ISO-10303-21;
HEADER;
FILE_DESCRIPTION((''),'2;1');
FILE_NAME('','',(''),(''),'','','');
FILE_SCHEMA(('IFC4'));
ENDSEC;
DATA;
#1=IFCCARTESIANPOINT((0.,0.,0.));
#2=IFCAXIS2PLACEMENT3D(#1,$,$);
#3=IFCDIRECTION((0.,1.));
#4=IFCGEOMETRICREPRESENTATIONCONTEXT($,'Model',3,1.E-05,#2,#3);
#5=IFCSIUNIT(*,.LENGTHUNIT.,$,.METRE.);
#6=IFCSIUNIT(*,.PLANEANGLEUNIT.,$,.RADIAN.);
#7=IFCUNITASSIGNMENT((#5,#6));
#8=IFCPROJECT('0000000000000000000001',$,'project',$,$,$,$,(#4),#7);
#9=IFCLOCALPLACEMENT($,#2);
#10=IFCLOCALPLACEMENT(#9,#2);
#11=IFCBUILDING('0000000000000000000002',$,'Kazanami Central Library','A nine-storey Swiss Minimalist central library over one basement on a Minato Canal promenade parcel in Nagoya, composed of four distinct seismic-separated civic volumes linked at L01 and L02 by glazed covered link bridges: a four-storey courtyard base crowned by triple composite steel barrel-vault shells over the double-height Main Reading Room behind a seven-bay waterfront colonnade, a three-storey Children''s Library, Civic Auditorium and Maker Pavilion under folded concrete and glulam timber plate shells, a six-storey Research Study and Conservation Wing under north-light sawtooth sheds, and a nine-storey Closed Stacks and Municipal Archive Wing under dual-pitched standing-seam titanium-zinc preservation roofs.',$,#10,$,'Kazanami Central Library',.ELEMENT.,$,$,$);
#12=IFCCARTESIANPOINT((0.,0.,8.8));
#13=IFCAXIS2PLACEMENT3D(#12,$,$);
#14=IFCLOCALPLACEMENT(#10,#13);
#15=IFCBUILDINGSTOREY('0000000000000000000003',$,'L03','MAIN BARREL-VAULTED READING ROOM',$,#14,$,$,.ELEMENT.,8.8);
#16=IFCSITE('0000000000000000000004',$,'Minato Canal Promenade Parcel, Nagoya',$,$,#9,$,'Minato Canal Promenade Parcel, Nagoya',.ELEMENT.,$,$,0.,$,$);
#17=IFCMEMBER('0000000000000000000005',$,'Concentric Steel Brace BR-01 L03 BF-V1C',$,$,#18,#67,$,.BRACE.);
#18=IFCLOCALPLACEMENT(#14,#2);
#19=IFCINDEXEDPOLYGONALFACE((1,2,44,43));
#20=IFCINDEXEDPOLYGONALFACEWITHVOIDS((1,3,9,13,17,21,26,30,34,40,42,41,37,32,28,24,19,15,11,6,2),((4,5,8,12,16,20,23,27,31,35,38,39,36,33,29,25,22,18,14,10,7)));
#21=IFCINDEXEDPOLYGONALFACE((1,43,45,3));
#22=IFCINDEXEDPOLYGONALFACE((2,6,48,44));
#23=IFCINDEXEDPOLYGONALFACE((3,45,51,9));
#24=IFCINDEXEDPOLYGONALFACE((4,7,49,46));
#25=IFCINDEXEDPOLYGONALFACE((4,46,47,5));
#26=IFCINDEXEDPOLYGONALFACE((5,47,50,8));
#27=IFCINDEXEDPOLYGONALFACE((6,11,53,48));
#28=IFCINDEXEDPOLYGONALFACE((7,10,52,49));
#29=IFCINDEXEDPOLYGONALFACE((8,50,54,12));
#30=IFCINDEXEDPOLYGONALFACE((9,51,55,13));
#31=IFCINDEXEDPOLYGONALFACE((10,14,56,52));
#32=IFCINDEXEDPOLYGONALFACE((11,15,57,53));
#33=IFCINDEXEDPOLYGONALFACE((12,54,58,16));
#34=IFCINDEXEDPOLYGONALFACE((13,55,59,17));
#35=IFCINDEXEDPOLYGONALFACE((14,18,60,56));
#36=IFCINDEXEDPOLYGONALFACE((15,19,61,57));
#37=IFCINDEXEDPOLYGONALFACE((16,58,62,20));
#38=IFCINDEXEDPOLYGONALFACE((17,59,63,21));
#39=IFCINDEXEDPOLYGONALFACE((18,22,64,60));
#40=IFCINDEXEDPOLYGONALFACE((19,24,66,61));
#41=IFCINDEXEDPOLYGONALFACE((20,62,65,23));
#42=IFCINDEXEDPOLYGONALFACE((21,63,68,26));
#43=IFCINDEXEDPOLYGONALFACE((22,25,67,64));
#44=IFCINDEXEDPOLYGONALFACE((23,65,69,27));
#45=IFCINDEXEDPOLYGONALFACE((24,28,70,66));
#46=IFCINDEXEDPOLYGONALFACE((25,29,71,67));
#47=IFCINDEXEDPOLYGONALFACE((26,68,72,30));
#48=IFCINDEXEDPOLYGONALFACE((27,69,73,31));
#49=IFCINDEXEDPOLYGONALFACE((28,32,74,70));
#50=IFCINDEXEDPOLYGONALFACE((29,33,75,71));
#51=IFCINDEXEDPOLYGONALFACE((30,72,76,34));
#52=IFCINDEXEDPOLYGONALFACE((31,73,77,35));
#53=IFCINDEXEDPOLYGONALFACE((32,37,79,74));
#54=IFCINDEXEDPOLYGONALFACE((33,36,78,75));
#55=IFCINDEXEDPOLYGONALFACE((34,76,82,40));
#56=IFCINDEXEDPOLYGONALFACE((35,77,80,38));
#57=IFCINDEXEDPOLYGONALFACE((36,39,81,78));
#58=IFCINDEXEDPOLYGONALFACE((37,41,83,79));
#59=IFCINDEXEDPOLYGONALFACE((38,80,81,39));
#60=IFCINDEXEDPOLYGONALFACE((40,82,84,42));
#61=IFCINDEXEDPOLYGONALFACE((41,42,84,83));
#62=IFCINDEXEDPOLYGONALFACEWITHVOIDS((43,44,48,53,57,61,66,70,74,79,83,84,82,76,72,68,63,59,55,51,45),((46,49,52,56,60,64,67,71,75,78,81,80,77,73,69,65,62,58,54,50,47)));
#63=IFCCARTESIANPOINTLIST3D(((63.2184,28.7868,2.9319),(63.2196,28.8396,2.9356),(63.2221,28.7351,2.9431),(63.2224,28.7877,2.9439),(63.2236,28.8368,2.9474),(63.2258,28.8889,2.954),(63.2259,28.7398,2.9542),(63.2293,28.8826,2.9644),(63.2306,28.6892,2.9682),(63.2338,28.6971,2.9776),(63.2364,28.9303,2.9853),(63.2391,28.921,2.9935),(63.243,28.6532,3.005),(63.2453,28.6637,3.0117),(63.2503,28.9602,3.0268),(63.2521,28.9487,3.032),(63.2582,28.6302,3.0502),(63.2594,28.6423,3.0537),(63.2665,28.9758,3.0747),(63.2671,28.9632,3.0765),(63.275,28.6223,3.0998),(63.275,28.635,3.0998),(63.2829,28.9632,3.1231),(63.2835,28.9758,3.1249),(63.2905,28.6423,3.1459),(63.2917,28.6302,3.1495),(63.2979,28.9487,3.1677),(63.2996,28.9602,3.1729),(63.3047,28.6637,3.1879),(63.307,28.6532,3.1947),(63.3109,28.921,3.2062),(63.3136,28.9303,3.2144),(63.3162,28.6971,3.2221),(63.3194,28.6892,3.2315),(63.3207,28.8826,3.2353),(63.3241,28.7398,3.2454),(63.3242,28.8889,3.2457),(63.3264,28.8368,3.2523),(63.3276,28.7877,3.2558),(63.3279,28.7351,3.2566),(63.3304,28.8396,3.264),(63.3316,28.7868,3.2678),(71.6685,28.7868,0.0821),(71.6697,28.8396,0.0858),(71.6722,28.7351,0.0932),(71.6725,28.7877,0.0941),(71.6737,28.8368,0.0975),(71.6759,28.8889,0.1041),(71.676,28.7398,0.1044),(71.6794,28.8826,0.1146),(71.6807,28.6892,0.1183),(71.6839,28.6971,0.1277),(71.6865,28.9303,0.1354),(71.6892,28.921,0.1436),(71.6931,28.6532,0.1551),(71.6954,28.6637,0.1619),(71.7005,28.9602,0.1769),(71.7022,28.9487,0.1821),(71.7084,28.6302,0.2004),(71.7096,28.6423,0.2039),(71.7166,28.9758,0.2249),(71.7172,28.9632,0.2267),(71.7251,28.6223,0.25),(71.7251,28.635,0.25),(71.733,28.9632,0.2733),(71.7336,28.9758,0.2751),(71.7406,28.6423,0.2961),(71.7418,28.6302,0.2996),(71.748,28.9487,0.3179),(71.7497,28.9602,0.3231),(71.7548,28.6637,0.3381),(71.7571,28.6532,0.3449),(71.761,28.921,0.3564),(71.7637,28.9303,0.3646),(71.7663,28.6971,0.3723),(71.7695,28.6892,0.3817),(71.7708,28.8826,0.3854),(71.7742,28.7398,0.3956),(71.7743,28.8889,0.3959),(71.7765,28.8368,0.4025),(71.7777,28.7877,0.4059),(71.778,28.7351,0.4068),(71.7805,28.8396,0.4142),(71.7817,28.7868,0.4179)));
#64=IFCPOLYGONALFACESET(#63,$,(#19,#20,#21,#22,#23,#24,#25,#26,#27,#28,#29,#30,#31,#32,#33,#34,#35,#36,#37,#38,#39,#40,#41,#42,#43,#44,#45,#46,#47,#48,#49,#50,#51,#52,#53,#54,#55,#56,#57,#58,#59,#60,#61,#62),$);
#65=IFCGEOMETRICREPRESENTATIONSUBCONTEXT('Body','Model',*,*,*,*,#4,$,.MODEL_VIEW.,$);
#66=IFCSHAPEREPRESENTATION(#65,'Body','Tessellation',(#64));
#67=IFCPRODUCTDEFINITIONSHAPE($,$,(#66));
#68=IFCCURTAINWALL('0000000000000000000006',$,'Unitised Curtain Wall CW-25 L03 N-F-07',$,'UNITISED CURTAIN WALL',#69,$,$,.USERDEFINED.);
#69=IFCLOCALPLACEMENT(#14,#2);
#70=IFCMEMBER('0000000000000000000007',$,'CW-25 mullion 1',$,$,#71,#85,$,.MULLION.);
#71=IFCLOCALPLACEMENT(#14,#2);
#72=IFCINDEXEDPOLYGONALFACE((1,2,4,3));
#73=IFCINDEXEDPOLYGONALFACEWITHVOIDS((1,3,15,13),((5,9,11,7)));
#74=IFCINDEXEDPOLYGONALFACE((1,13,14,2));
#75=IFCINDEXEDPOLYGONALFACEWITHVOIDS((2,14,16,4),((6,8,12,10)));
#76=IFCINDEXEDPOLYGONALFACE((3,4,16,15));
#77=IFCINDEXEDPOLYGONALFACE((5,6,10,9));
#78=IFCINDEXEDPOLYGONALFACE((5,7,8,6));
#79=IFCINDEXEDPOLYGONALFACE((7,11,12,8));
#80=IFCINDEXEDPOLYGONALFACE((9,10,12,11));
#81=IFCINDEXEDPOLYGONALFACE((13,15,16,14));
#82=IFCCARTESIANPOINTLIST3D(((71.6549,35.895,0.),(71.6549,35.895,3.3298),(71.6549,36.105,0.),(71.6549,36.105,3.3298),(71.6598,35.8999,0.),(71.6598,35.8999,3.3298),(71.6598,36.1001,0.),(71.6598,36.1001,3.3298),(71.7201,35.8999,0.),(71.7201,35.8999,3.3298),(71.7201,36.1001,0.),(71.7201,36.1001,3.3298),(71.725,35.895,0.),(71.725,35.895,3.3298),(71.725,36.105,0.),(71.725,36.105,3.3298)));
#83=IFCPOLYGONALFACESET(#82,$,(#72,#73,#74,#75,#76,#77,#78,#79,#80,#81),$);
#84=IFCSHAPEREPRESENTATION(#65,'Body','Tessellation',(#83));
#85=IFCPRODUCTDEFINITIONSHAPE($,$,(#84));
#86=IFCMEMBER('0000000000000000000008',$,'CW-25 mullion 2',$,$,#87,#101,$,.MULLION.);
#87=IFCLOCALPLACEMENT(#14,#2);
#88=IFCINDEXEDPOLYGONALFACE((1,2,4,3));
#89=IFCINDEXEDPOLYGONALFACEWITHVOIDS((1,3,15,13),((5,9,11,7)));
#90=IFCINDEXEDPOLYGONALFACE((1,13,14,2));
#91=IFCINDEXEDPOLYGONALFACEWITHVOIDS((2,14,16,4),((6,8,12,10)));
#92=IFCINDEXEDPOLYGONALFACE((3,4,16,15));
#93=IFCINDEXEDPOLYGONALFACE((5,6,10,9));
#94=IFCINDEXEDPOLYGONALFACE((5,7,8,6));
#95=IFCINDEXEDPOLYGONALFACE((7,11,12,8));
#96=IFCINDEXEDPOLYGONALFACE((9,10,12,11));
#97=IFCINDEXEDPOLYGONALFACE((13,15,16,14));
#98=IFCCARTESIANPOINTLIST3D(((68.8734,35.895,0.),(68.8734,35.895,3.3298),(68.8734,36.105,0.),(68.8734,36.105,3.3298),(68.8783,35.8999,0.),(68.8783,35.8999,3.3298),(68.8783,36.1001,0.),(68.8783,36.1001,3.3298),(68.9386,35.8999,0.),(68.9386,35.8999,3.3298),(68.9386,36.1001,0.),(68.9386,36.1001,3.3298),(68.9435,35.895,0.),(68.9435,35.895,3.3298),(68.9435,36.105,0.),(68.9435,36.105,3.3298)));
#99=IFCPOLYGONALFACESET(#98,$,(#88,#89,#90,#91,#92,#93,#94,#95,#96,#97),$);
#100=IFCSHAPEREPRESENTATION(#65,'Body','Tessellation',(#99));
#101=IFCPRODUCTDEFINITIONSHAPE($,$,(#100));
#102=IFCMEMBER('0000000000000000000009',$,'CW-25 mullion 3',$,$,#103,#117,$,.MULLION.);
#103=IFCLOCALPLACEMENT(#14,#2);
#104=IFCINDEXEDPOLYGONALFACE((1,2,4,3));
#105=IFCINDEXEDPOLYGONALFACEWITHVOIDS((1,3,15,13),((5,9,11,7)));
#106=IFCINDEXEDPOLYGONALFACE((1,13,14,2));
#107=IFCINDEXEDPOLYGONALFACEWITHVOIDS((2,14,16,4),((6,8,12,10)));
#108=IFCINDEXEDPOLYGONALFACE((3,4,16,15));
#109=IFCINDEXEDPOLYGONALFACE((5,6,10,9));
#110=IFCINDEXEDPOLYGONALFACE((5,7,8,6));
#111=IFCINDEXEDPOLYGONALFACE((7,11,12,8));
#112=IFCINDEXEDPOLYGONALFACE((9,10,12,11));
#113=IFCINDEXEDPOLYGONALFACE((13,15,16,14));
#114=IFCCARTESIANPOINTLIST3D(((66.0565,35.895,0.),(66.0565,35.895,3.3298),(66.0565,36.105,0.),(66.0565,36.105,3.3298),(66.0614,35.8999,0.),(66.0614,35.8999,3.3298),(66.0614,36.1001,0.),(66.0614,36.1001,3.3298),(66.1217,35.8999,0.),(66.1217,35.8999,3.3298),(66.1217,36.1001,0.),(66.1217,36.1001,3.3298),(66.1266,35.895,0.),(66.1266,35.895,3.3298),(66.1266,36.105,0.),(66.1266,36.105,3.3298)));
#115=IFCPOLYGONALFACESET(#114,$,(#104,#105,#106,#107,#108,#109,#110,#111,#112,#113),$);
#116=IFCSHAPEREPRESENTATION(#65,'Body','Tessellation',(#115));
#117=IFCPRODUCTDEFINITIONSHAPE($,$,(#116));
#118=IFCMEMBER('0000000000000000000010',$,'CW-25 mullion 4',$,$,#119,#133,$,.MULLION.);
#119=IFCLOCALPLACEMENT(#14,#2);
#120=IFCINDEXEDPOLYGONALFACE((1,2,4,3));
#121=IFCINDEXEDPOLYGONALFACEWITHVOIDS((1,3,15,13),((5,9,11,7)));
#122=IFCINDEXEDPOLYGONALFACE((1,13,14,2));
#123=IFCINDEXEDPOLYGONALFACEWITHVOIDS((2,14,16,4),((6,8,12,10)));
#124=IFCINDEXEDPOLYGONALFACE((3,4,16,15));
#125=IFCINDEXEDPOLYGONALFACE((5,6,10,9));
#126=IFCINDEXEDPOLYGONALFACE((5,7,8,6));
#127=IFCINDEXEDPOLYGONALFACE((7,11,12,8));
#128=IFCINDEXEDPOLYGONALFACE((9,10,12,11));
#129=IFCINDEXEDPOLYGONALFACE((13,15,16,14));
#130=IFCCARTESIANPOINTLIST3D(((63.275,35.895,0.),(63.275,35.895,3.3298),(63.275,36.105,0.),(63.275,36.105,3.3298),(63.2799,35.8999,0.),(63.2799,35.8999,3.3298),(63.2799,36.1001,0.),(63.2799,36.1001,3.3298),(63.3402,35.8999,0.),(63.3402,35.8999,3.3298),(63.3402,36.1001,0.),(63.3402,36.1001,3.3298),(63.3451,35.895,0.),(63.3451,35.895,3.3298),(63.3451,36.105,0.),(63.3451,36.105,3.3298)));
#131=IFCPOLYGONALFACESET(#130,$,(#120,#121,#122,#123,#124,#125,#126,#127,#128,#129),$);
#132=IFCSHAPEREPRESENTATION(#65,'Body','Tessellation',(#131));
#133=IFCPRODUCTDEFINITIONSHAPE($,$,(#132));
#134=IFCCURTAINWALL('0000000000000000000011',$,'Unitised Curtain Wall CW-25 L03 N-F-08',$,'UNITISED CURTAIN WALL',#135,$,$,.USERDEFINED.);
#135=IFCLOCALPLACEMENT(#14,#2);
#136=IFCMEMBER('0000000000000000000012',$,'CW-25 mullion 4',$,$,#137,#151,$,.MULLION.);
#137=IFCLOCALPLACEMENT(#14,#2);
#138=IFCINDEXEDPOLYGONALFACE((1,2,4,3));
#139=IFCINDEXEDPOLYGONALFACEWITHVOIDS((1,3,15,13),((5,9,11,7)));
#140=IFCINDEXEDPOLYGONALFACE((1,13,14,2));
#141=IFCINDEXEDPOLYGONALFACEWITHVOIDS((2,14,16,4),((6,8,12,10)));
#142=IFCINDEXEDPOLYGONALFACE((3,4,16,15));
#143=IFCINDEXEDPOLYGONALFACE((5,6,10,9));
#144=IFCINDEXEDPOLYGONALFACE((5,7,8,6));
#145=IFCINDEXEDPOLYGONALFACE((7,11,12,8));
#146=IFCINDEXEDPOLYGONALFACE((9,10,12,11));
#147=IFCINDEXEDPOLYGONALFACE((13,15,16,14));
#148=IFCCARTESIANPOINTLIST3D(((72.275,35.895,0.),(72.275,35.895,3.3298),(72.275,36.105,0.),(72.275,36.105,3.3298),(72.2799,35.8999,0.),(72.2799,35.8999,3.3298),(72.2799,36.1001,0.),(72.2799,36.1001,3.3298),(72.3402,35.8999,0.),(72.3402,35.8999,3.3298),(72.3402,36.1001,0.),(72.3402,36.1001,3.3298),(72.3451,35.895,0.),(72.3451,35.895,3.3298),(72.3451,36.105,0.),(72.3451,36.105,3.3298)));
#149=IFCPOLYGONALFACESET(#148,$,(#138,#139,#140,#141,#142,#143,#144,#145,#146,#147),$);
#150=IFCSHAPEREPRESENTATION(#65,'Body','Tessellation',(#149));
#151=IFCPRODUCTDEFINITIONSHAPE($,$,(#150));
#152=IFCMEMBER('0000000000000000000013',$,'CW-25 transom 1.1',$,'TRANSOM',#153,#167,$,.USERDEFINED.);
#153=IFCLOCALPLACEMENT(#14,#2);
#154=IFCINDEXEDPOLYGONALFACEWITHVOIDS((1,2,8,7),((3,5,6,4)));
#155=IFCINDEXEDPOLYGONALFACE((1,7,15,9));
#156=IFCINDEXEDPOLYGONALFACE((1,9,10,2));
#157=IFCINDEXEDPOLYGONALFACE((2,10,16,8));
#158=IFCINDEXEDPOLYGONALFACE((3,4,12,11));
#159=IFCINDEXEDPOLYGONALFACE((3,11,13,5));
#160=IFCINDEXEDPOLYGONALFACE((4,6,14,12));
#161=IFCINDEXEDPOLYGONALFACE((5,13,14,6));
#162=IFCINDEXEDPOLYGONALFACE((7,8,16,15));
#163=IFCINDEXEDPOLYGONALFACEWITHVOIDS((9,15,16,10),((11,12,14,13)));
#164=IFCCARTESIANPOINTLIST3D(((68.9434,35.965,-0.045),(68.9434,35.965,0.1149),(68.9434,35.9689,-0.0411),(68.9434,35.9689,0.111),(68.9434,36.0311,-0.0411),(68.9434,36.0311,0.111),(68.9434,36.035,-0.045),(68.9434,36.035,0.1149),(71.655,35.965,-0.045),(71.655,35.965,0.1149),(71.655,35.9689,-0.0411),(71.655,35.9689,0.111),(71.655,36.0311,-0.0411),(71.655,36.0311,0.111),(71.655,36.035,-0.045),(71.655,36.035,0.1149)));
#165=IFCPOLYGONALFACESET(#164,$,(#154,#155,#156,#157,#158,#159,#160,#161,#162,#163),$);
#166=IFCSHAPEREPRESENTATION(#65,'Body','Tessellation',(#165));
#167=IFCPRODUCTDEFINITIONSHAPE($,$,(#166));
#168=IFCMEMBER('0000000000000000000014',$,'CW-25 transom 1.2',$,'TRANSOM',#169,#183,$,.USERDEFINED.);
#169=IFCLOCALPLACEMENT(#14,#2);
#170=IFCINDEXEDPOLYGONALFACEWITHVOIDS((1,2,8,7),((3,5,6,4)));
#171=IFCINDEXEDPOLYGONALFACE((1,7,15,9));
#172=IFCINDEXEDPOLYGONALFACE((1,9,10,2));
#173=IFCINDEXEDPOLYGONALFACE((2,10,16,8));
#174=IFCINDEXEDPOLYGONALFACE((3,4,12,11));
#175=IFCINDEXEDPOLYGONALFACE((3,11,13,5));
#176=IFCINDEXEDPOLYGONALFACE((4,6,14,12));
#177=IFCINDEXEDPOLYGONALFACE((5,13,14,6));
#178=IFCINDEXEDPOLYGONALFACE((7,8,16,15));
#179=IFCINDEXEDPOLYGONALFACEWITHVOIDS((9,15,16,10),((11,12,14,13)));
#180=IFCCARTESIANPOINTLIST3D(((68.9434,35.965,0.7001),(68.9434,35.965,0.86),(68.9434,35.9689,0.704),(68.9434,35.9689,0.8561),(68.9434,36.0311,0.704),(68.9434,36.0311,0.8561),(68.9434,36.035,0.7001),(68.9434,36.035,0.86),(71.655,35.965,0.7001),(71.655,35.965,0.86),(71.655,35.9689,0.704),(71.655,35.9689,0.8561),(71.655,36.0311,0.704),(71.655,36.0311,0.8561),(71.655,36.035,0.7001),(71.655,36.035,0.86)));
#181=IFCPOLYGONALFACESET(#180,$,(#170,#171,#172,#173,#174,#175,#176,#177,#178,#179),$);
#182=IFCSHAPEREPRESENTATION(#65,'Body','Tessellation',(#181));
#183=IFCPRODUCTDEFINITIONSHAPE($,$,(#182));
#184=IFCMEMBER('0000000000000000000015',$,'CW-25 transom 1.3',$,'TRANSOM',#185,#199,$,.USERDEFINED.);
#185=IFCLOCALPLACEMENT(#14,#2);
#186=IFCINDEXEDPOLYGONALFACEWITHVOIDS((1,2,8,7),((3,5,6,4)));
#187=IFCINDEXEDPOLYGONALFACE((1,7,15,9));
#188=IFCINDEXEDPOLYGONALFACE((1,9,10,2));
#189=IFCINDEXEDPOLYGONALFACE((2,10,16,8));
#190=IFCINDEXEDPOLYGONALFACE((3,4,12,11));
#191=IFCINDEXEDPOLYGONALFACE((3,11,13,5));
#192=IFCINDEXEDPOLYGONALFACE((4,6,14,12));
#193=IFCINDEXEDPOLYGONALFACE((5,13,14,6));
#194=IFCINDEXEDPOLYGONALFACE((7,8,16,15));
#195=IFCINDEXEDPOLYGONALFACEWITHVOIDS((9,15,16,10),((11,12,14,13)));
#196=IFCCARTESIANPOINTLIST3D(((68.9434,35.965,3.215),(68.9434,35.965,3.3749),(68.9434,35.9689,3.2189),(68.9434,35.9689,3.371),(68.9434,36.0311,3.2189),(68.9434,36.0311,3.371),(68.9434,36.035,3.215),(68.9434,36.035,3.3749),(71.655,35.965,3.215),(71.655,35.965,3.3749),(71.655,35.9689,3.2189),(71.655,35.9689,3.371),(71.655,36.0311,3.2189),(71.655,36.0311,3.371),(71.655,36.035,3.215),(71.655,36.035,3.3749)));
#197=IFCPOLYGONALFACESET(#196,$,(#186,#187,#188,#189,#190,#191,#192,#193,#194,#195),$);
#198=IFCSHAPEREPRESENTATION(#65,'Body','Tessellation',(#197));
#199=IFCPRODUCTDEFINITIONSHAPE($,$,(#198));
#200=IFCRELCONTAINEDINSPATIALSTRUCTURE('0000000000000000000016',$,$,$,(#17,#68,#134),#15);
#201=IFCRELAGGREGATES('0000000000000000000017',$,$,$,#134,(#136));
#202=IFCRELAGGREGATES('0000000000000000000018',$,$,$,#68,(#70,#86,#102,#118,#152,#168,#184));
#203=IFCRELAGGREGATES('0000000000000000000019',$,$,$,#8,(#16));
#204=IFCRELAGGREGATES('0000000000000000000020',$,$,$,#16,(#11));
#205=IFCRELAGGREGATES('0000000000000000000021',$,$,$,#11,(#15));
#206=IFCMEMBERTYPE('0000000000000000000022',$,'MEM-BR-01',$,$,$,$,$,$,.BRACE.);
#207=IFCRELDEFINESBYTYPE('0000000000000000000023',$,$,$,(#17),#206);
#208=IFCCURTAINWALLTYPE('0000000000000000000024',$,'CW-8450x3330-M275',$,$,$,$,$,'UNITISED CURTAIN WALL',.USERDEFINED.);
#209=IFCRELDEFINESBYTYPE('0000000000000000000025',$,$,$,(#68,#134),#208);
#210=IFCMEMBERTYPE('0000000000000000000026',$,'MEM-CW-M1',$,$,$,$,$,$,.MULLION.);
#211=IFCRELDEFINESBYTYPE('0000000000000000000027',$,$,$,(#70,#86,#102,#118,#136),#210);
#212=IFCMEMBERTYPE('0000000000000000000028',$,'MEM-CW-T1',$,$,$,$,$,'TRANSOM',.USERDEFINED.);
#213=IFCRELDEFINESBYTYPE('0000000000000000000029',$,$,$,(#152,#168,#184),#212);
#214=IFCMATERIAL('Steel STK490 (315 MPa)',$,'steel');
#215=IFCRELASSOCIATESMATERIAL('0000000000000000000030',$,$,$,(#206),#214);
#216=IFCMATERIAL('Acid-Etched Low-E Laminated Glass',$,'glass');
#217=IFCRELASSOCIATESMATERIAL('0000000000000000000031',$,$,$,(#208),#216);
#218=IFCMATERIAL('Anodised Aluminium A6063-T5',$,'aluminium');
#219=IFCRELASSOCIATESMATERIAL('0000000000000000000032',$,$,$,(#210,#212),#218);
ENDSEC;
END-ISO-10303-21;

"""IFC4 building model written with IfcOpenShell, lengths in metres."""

from ifc_helpers import new_model, si_unit, direction, frame, origin, origin_2d, place, context, subcontext, project, spatial, hollow_rectangle, hollow_circle, extrude, material, material_profile, profile_set, type_object, element, aggregate, save


model = new_model("IFC4")

# Units and contexts
model_context = context("Model", 3, precision=1e-05, world=origin(), true_north=direction((0.0, 1.0)))
body_context = subcontext(model_context, "Body", "Model", "MODEL_VIEW")
ifc_project = project(units=[si_unit("LENGTHUNIT", "METRE"), si_unit("PLANEANGLEUNIT", "RADIAN")], contexts=[model_context])

# Site, building, storey
site_placement = place(None, origin())
site = spatial("IfcSite", under=ifc_project, at=site_placement, Name="Minato Canal Promenade Parcel, Nagoya", LongName="Minato Canal Promenade Parcel, Nagoya", CompositionType="ELEMENT", RefElevation=0.0)
building_placement = place(site_placement, origin())
building = spatial("IfcBuilding", under=site, at=building_placement, Name="Kazanami Central Library", Description="A nine-storey Swiss Minimalist central library over one basement on a Minato Canal promenade parcel in Nagoya, composed of four distinct seismic-separated civic volumes linked at L01 and L02 by glazed covered link bridges: a four-storey courtyard base crowned by triple composite steel barrel-vault shells over the double-height Main Reading Room behind a seven-bay waterfront colonnade, a three-storey Children's Library, Civic Auditorium and Maker Pavilion under folded concrete and glulam timber plate shells, a six-storey Research Study and Conservation Wing under north-light sawtooth sheds, and a nine-storey Closed Stacks and Municipal Archive Wing under dual-pitched standing-seam titanium-zinc preservation roofs.", LongName="Kazanami Central Library", CompositionType="ELEMENT")
storey_placement = place(building_placement, frame((0.0, 0.0, 8.8)))
storey = spatial("IfcBuildingStorey", under=building, at=storey_placement, Name="L03", Description="MAIN BARREL-VAULTED READING ROOM", CompositionType="ELEMENT", Elevation=8.8)

# Member
ifc_material_1 = material(Name="Steel STK490 (315 MPa)", Category="steel")
ifc_material_profile_1 = material_profile(ifc_material_1, hollow_circle(Radius=0.1777, WallThickness=0.0127, at=origin_2d()), Name="CHS-355.6x12.7")
ifc_profile_set_1 = profile_set([ifc_material_profile_1], Name="Steel STK490 (315 MPa)")
member_type_1 = type_object("IfcMemberType", Name="MEM-BR-01", PredefinedType="BRACE", material=ifc_profile_set_1)
member_1_placement = place(storey_placement, frame((71.7251, 28.8, 0.25), z_axis=(-0.947563, 0.0, 0.319569), x_axis=(0.0, -1.0, 0.0)))
element("IfcMember", 1, at=member_1_placement, inside=storey, type_object=member_type_1, Name="Concentric Steel Brace BR-01 L03 BF-V1C", PredefinedType="BRACE", context=body_context, shape_type="SweptSolid", body=[
    extrude(hollow_circle(Radius=0.1777, WallThickness=0.0127, at=origin_2d()), origin(), (0.0, 0.0, 1.0), 8.9177),
])

# Curtain wall, members
ifc_material_2 = material(Name="Acid-Etched Low-E Laminated Glass", Category="glass")
curtain_wall_type = type_object("IfcCurtainWallType", Name="CW-8450x3330-M275", ElementType="UNITISED CURTAIN WALL", PredefinedType="USERDEFINED", material=ifc_material_2)
curtain_wall_1_placement = place(storey_placement, origin())
curtain_wall_1 = element("IfcCurtainWall", 2, at=curtain_wall_1_placement, inside=storey, type_object=curtain_wall_type, Name="Unitised Curtain Wall CW-25 L03 N-F-07", ObjectType="UNITISED CURTAIN WALL", PredefinedType="USERDEFINED")
ifc_material_3 = material(Name="Anodised Aluminium A6063-T5", Category="aluminium")
ifc_material_profile_2 = material_profile(ifc_material_3, hollow_rectangle(XDim=0.0701, YDim=0.21, WallThickness=0.0049, at=origin_2d()), Name="ALU-MULL-70x210x5")
ifc_profile_set_2 = profile_set([ifc_material_profile_2], Name="Anodised Aluminium A6063-T5")
member_type_2 = type_object("IfcMemberType", Name="MEM-CW-M1", PredefinedType="MULLION", material=ifc_profile_set_2)
member_2_placement = place(storey_placement, frame((71.6899, 36.0, 0.0), z_axis=(0.0, 0.0, 1.0), x_axis=(-1.0, 0.0, 0.0)))
member_2 = element("IfcMember", 3, at=member_2_placement, type_object=member_type_2, Name="CW-25 mullion 1", PredefinedType="MULLION", context=body_context, shape_type="SweptSolid", body=[
    extrude(hollow_rectangle(XDim=0.0701, YDim=0.21, WallThickness=0.0049, at=origin_2d()), origin(), (0.0, 0.0, 1.0), 3.3298),
])
member_3_placement = place(storey_placement, frame((68.9084, 36.0, 0.0), z_axis=(0.0, 0.0, 1.0), x_axis=(-1.0, 0.0, 0.0)))
member_3 = element("IfcMember", 4, at=member_3_placement, type_object=member_type_2, Name="CW-25 mullion 2", PredefinedType="MULLION", context=body_context, shape_type="SweptSolid", body=[
    extrude(hollow_rectangle(XDim=0.0701, YDim=0.21, WallThickness=0.0049, at=origin_2d()), origin(), (0.0, 0.0, 1.0), 3.3298),
])
member_4_placement = place(storey_placement, frame((66.0916, 36.0, 0.0), z_axis=(0.0, 0.0, 1.0), x_axis=(-1.0, 0.0, 0.0)))
member_4 = element("IfcMember", 5, at=member_4_placement, type_object=member_type_2, Name="CW-25 mullion 3", PredefinedType="MULLION", context=body_context, shape_type="SweptSolid", body=[
    extrude(hollow_rectangle(XDim=0.0701, YDim=0.21, WallThickness=0.0049, at=origin_2d()), origin(), (0.0, 0.0, 1.0), 3.3298),
])
member_5_placement = place(storey_placement, frame((63.3101, 36.0, 0.0), z_axis=(0.0, 0.0, 1.0), x_axis=(-1.0, 0.0, 0.0)))
member_5 = element("IfcMember", 6, at=member_5_placement, type_object=member_type_2, Name="CW-25 mullion 4", PredefinedType="MULLION", context=body_context, shape_type="SweptSolid", body=[
    extrude(hollow_rectangle(XDim=0.0701, YDim=0.21, WallThickness=0.0049, at=origin_2d()), origin(), (0.0, 0.0, 1.0), 3.3298),
])

# Curtain wall, member
curtain_wall_2_placement = place(storey_placement, origin())
curtain_wall_2 = element("IfcCurtainWall", 7, at=curtain_wall_2_placement, inside=storey, type_object=curtain_wall_type, Name="Unitised Curtain Wall CW-25 L03 N-F-08", ObjectType="UNITISED CURTAIN WALL", PredefinedType="USERDEFINED")
member_6_placement = place(storey_placement, frame((72.3101, 36.0, 0.0), z_axis=(0.0, 0.0, 1.0), x_axis=(-1.0, 0.0, 0.0)))
member_6 = element("IfcMember", 8, at=member_6_placement, type_object=member_type_2, Name="CW-25 mullion 4", PredefinedType="MULLION", context=body_context, shape_type="SweptSolid", body=[
    extrude(hollow_rectangle(XDim=0.0701, YDim=0.21, WallThickness=0.0049, at=origin_2d()), origin(), (0.0, 0.0, 1.0), 3.3298),
])
aggregate(curtain_wall_2, [member_6])

# Members
ifc_material_profile_3 = material_profile(ifc_material_3, hollow_rectangle(XDim=0.0701, YDim=0.1599, WallThickness=0.0039, at=origin_2d()), Name="ALU-TRAN-70x160x4")
ifc_profile_set_3 = profile_set([ifc_material_profile_3], Name="Anodised Aluminium A6063-T5")
member_type_3 = type_object("IfcMemberType", Name="MEM-CW-T1", ElementType="TRANSOM", PredefinedType="USERDEFINED", material=ifc_profile_set_3)
member_7_placement = place(storey_placement, frame((71.655, 36.0, 0.0349), z_axis=(-1.0, 0.0, 0.0), x_axis=(0.0, -1.0, 0.0)))
member_7 = element("IfcMember", 9, at=member_7_placement, type_object=member_type_3, Name="CW-25 transom 1.1", ObjectType="TRANSOM", PredefinedType="USERDEFINED", context=body_context, shape_type="SweptSolid", body=[
    extrude(hollow_rectangle(XDim=0.0701, YDim=0.1599, WallThickness=0.0039, at=origin_2d()), origin(), (0.0, 0.0, 1.0), 2.7117),
])
member_8_placement = place(storey_placement, frame((71.655, 36.0, 0.78), z_axis=(-1.0, 0.0, 0.0), x_axis=(0.0, -1.0, 0.0)))
member_8 = element("IfcMember", 10, at=member_8_placement, type_object=member_type_3, Name="CW-25 transom 1.2", ObjectType="TRANSOM", PredefinedType="USERDEFINED", context=body_context, shape_type="SweptSolid", body=[
    extrude(hollow_rectangle(XDim=0.0701, YDim=0.1599, WallThickness=0.0039, at=origin_2d()), origin(), (0.0, 0.0, 1.0), 2.7117),
])
member_9_placement = place(storey_placement, frame((71.655, 36.0, 3.2949), z_axis=(-1.0, 0.0, 0.0), x_axis=(0.0, -1.0, 0.0)))
member_9 = element("IfcMember", 11, at=member_9_placement, type_object=member_type_3, Name="CW-25 transom 1.3", ObjectType="TRANSOM", PredefinedType="USERDEFINED", context=body_context, shape_type="SweptSolid", body=[
    extrude(hollow_rectangle(XDim=0.0701, YDim=0.1599, WallThickness=0.0039, at=origin_2d()), origin(), (0.0, 0.0, 1.0), 2.7117),
])

aggregate(curtain_wall_1, [member_2, member_3, member_4, member_5, member_7, member_8, member_9])

save(model, "model.ifc")
